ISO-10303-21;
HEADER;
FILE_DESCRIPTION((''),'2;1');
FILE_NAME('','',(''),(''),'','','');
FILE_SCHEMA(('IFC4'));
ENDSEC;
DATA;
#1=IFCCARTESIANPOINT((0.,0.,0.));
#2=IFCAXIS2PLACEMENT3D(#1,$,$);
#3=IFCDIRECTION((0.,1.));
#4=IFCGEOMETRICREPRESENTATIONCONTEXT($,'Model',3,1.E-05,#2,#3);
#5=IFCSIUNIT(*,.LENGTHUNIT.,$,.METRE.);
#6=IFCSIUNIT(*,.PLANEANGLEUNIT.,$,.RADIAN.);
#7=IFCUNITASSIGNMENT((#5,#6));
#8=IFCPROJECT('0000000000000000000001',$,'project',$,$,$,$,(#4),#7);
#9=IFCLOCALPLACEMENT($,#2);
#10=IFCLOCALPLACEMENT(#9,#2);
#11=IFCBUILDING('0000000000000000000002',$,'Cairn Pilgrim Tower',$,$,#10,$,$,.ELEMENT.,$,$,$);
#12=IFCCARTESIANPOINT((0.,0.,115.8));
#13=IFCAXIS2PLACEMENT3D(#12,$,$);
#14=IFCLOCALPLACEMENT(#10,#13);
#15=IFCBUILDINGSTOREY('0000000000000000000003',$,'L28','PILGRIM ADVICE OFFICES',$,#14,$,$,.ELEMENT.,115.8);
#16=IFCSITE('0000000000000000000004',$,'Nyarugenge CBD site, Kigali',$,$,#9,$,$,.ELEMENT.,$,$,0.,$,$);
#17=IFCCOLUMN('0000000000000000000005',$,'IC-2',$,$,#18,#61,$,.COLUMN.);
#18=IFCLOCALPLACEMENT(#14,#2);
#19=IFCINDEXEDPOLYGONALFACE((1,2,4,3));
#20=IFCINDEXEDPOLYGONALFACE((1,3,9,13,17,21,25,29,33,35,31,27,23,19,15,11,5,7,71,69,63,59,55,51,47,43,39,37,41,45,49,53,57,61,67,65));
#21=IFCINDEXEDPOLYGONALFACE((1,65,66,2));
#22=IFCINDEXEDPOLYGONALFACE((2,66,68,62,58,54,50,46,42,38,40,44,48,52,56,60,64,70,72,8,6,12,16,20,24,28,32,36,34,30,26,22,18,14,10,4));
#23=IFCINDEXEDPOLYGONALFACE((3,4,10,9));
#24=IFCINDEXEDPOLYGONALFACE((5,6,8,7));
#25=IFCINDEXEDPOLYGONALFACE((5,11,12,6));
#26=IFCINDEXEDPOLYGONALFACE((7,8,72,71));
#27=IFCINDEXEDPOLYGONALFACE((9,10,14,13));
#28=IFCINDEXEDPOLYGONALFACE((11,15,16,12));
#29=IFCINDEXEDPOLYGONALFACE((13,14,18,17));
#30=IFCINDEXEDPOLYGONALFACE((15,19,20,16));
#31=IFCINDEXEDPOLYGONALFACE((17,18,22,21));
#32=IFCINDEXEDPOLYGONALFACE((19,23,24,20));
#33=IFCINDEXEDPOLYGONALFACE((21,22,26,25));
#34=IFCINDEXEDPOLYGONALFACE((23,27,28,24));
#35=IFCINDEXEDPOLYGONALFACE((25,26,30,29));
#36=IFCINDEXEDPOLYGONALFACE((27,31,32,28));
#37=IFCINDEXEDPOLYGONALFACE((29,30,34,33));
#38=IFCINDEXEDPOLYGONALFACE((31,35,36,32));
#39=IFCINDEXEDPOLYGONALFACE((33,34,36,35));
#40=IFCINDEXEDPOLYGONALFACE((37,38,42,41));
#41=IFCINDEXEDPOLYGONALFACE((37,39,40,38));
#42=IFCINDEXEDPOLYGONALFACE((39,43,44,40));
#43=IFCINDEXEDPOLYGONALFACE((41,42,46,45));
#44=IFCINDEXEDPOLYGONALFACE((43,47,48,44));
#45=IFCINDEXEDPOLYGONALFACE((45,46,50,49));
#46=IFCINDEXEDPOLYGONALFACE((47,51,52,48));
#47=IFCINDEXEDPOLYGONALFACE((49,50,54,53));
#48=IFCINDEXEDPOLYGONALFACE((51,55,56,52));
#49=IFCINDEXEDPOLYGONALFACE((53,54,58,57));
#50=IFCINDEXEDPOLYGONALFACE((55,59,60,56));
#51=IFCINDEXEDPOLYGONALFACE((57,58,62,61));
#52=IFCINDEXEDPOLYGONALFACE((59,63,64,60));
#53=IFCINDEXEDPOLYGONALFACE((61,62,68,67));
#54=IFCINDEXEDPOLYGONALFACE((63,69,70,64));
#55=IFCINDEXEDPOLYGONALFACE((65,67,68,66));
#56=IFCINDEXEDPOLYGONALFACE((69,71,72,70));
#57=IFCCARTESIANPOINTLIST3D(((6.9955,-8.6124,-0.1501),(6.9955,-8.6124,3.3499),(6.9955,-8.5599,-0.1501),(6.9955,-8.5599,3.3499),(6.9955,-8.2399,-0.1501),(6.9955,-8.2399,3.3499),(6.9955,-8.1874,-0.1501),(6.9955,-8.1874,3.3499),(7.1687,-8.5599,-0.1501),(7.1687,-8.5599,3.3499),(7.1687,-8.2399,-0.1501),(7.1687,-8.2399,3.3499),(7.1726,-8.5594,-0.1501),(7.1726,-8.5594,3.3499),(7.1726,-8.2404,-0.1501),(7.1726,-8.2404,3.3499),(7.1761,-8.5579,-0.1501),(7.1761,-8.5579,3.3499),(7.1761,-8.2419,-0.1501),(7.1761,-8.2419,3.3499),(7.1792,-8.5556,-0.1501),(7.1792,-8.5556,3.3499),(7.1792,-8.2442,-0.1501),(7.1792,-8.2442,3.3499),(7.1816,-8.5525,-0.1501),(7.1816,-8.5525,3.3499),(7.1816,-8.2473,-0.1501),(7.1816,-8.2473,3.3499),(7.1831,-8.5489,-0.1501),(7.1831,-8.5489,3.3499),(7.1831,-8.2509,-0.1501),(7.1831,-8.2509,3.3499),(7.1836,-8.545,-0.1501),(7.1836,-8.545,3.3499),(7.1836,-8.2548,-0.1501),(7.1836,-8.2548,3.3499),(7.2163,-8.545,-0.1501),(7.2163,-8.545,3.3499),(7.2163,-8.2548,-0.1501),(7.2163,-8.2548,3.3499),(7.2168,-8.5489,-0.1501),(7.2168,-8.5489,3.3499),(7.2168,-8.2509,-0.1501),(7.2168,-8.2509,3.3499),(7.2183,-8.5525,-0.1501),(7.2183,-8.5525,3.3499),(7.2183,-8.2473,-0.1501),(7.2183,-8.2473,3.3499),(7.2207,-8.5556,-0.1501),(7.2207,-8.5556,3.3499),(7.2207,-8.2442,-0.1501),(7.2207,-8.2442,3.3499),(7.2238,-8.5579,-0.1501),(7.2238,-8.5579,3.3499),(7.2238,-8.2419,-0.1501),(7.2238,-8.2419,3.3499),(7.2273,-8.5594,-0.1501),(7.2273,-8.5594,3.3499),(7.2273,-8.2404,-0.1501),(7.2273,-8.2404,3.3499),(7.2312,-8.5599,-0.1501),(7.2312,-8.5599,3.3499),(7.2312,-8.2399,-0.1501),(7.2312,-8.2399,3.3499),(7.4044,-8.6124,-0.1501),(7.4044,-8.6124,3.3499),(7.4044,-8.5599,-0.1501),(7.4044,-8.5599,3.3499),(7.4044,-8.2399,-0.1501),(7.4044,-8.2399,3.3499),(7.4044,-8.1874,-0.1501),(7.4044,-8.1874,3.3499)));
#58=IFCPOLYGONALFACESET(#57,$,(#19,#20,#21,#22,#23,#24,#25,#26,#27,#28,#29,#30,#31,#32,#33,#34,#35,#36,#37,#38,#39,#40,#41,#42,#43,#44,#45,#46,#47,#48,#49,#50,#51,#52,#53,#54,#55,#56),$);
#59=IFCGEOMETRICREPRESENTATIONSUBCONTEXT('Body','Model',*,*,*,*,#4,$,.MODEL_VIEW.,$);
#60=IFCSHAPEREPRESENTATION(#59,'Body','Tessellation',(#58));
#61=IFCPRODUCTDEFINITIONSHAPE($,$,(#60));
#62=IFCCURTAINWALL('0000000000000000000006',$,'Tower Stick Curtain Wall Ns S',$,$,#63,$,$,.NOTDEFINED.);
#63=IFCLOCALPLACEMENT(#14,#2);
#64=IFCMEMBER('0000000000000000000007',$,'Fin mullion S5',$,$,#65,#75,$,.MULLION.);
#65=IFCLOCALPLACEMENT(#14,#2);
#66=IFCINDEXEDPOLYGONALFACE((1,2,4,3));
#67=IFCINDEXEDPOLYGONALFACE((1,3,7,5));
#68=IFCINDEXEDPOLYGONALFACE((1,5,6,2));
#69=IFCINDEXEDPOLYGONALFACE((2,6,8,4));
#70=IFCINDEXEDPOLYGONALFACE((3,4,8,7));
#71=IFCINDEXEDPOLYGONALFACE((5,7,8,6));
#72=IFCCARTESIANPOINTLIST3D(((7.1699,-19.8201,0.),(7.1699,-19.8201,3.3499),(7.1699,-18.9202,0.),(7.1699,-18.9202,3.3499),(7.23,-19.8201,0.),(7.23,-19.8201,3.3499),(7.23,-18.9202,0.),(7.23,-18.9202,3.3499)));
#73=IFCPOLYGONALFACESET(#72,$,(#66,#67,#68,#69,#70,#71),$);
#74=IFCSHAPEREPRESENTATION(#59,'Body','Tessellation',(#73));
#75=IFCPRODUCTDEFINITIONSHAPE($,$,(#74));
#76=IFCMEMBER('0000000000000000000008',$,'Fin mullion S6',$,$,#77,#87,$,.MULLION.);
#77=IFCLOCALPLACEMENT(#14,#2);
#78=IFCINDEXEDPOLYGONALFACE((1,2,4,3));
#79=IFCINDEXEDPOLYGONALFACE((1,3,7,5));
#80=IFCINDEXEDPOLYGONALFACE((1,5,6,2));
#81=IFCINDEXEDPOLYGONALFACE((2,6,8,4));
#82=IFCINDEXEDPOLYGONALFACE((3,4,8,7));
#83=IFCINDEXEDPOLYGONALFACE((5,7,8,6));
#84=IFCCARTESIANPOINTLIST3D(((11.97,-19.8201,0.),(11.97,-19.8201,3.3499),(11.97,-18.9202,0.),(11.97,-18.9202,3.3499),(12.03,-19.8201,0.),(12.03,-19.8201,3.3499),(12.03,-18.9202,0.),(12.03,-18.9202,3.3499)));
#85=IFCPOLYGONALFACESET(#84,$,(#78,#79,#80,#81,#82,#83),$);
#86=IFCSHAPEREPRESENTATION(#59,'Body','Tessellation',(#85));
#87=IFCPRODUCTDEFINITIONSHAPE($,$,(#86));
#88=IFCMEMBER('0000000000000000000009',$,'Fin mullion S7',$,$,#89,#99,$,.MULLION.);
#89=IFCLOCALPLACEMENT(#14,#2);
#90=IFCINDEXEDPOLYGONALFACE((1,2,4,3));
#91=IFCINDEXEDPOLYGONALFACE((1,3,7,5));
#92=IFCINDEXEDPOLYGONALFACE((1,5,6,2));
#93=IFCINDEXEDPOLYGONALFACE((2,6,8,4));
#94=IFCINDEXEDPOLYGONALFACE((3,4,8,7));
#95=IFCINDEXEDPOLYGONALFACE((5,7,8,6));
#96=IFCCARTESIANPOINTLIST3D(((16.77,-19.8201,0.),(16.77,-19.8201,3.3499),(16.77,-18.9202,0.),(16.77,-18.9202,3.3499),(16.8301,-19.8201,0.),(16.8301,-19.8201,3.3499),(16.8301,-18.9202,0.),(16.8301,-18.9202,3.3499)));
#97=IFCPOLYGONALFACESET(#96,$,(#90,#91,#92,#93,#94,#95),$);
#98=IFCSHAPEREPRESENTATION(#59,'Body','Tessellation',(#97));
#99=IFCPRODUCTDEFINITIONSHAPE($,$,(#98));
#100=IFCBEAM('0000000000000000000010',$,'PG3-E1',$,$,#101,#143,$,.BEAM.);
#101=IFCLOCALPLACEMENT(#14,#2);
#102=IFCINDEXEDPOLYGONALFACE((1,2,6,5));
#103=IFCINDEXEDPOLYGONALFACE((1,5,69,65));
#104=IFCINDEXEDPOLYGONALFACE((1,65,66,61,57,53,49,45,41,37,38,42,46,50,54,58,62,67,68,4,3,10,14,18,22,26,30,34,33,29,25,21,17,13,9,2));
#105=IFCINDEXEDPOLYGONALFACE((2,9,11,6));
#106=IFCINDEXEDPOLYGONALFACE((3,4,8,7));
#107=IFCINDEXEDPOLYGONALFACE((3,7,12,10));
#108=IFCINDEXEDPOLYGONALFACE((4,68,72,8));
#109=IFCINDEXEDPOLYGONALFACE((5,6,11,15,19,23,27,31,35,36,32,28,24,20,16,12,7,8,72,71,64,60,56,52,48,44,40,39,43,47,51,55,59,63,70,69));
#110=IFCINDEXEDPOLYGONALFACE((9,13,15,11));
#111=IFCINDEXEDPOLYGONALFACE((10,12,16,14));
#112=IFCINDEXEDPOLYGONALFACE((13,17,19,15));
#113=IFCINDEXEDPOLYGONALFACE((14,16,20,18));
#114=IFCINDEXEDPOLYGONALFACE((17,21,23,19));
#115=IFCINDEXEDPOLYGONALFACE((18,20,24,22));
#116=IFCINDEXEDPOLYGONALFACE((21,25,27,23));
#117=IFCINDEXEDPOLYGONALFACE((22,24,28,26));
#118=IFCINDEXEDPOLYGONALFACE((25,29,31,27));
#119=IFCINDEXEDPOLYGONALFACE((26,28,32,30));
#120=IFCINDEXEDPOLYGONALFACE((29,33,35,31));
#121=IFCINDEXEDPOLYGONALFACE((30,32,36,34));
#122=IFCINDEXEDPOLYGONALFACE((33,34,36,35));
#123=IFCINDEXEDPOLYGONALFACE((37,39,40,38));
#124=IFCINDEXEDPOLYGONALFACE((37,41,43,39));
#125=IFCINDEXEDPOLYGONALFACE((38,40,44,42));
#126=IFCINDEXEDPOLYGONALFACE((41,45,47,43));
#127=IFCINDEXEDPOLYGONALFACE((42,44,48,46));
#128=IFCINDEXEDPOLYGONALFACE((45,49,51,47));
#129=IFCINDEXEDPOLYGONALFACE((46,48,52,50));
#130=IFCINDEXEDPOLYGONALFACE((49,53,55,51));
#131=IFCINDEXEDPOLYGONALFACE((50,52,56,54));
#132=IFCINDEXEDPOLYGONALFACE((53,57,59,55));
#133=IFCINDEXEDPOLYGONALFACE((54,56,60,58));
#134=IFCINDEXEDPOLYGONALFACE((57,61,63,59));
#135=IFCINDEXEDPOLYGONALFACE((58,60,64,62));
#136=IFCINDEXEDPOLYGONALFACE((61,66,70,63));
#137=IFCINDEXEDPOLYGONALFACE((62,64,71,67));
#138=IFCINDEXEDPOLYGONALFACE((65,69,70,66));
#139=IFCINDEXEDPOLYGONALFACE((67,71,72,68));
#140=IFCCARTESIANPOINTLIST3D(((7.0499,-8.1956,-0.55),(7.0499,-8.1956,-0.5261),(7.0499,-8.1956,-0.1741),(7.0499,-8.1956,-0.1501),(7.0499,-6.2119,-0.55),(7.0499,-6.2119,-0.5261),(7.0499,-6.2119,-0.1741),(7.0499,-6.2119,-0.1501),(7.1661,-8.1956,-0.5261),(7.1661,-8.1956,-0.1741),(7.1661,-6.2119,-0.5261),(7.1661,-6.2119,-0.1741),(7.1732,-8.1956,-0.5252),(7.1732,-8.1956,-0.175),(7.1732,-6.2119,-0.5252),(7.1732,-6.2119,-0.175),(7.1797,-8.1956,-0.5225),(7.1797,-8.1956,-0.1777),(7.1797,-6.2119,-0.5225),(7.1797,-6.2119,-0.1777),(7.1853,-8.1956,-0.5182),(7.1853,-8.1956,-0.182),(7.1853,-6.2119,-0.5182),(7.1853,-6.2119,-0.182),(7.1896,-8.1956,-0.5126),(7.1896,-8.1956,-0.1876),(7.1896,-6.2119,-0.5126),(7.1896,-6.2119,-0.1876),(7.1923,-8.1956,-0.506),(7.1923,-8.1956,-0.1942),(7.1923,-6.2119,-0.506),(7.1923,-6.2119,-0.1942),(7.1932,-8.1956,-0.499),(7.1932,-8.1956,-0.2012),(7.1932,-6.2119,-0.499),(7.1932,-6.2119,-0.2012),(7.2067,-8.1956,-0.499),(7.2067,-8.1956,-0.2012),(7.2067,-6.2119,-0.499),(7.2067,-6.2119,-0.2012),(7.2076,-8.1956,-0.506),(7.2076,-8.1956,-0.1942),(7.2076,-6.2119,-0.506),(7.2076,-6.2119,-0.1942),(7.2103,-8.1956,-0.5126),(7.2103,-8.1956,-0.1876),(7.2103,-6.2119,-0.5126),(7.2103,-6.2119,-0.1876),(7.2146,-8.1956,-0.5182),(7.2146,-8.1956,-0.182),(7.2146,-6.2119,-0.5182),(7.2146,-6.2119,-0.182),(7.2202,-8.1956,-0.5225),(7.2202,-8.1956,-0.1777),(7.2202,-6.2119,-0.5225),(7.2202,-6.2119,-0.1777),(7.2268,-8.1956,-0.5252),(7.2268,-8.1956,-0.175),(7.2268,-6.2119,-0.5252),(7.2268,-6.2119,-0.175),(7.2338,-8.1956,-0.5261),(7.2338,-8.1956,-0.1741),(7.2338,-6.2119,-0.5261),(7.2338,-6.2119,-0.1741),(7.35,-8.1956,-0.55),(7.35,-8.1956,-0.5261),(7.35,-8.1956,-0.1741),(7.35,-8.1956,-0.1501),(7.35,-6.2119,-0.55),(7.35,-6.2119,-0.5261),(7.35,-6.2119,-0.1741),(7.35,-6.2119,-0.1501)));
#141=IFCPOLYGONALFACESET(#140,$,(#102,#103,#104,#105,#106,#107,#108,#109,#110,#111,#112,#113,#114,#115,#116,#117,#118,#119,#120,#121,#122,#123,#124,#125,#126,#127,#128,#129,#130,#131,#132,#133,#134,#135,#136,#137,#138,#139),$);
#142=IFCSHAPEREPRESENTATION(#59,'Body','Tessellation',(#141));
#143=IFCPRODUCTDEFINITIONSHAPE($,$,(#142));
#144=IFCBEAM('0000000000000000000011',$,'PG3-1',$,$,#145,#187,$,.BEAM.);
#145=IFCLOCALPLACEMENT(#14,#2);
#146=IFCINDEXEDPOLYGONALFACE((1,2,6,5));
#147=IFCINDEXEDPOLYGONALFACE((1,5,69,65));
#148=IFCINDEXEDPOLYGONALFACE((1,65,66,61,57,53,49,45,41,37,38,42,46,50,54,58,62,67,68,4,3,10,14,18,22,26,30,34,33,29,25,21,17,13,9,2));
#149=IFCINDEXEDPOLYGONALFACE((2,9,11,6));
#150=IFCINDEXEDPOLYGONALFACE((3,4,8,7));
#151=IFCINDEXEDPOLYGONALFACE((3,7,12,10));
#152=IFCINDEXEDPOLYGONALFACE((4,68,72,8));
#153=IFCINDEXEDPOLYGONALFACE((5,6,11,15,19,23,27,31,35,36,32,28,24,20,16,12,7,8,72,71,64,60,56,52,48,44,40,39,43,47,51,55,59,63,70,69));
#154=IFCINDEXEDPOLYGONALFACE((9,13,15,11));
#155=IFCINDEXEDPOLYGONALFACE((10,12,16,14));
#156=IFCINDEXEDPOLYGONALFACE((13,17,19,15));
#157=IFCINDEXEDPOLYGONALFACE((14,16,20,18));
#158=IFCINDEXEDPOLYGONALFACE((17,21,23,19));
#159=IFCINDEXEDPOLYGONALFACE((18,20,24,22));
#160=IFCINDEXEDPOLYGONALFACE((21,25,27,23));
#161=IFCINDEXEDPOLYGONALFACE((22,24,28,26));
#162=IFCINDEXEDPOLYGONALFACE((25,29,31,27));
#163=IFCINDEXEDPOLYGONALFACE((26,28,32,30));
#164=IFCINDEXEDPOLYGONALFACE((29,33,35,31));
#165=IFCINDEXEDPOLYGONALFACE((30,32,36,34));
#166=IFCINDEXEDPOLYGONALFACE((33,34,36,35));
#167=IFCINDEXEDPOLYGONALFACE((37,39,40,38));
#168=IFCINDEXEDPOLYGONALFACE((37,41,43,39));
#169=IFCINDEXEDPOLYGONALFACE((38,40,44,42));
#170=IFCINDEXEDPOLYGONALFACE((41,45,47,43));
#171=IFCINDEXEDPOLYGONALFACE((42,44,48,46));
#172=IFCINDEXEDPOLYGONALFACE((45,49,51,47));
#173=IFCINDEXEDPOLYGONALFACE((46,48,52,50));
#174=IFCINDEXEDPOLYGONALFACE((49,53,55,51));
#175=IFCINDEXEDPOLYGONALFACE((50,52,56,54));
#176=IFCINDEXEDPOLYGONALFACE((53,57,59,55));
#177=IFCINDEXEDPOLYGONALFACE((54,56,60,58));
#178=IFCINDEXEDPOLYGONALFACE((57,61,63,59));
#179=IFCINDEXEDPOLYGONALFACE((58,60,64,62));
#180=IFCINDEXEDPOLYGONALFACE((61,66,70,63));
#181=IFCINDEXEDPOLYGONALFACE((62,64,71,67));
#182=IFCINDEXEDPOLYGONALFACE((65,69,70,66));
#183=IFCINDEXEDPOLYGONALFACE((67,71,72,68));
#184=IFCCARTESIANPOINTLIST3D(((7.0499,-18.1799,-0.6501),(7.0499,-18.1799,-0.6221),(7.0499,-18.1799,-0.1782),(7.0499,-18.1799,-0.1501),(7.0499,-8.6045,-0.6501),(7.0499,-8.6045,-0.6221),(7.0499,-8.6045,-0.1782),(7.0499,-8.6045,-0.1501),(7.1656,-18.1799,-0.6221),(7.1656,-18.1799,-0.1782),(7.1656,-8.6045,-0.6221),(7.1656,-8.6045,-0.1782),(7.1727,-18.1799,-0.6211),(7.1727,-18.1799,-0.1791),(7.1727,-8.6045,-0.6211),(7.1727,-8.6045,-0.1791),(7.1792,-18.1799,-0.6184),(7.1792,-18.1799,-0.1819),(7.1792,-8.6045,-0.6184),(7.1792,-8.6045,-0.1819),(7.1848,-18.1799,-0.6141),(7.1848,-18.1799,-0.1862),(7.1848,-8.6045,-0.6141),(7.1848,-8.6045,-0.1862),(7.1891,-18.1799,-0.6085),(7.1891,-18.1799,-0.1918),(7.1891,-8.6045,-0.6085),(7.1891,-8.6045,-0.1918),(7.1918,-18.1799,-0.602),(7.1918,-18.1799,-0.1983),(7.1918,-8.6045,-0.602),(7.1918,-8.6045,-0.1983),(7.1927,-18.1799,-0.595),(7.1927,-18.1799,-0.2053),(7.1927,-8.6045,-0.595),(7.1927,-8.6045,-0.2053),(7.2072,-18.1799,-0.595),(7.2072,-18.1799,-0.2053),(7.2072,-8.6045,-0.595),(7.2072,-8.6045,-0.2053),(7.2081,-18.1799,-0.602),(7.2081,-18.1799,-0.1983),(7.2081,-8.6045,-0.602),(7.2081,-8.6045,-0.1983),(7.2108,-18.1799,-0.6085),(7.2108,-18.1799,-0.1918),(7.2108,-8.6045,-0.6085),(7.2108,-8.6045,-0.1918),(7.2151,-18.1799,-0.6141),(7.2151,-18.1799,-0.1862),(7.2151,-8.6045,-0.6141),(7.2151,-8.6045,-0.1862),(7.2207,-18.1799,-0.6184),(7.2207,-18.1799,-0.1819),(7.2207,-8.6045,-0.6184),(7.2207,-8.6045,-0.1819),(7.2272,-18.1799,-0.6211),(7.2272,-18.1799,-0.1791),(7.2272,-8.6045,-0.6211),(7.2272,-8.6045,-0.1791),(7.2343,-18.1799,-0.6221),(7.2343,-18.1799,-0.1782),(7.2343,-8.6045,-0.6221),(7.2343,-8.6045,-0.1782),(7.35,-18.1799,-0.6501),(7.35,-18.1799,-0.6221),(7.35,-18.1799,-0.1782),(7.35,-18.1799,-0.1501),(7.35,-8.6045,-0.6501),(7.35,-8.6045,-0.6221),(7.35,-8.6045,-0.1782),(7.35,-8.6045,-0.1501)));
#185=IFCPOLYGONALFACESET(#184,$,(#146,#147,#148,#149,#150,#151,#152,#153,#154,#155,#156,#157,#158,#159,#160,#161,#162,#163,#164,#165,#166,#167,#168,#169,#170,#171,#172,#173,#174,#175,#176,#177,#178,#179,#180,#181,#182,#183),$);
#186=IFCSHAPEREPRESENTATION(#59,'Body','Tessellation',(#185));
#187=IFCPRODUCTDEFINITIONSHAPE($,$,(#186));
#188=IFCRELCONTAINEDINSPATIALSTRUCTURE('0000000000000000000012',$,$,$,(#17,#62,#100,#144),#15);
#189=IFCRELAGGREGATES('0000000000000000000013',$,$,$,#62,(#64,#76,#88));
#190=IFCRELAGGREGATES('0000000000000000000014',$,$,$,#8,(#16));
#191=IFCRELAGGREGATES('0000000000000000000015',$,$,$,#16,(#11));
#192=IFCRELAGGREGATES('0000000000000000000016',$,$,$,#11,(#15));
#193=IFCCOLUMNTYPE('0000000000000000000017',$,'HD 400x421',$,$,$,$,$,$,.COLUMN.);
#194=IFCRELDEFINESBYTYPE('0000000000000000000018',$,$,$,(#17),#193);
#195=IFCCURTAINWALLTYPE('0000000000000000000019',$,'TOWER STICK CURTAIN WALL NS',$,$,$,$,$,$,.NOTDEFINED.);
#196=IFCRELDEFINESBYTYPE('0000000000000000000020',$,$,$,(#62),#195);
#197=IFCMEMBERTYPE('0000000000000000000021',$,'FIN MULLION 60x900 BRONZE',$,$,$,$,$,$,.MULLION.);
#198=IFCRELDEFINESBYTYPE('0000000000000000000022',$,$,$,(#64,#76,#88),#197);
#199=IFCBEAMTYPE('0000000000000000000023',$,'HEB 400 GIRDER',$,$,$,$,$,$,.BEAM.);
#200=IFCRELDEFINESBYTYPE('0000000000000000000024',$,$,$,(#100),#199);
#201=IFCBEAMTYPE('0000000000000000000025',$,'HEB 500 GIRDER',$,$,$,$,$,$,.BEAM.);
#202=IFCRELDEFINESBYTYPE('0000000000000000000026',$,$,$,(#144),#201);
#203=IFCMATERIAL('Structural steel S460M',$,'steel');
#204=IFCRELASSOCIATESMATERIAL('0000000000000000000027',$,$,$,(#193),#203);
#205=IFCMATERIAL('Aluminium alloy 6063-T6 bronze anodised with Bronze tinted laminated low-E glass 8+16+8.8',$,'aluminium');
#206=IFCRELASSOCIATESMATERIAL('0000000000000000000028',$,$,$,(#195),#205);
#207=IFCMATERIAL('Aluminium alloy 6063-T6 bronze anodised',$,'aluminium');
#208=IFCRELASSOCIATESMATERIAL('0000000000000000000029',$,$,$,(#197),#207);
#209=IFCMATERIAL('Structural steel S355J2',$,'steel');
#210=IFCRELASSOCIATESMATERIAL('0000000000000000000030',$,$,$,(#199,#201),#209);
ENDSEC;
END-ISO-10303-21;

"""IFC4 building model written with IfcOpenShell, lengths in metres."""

from ifc_helpers import new_model, si_unit, direction, frame, origin, origin_2d, place, context, subcontext, project, spatial, rectangle, i_section, extrude, material, material_profile, profile_set, type_object, element, aggregate, save


model = new_model("IFC4")

# Units and contexts
model_context = context("Model", 3, precision=1e-05, world=origin(), true_north=direction((0.0, 1.0)))
body_context = subcontext(model_context, "Body", "Model", "MODEL_VIEW")
ifc_project = project(units=[si_unit("LENGTHUNIT", "METRE"), si_unit("PLANEANGLEUNIT", "RADIAN")], contexts=[model_context])

# Site, building, storey
site_placement = place(None, origin())
site = spatial("IfcSite", under=ifc_project, at=site_placement, Name="Nyarugenge CBD site, Kigali", CompositionType="ELEMENT", RefElevation=0.0)
building_placement = place(site_placement, origin())
building = spatial("IfcBuilding", under=site, at=building_placement, Name="Cairn Pilgrim Tower", CompositionType="ELEMENT")
storey_placement = place(building_placement, frame((0.0, 0.0, 115.8)))
storey = spatial("IfcBuildingStorey", under=building, at=storey_placement, Name="L28", Description="PILGRIM ADVICE OFFICES", CompositionType="ELEMENT", Elevation=115.8)

# Column
ifc_material_1 = material(Name="Structural steel S460M", Category="steel")
ifc_material_profile_1 = material_profile(ifc_material_1, i_section(OverallWidth=0.4089, OverallDepth=0.425, WebThickness=0.0327, FlangeThickness=0.0525, FilletRadius=0.0149, at=origin_2d()), Name="HD 400x421")
ifc_profile_set_1 = profile_set([ifc_material_profile_1], Name="Structural steel S460M")
column_type_1 = type_object("IfcColumnType", Name="HD 400x421", PredefinedType="COLUMN", material=ifc_profile_set_1)
column_1_placement = place(storey_placement, frame((7.2, -8.3999, -0.1501), z_axis=(0.0, 0.0, 1.0), x_axis=(1.0, 0.0, 0.0)))
element("IfcColumn", 1, at=column_1_placement, inside=storey, type_object=column_type_1, Name="IC-2", PredefinedType="COLUMN", context=body_context, shape_type="SweptSolid", body=[
    extrude(i_section(OverallWidth=0.4089, OverallDepth=0.425, WebThickness=0.0327, FlangeThickness=0.0525, FilletRadius=0.0149, at=origin_2d()), origin(), (0.0, 0.0, 1.0), 3.5),
])

# Curtain wall, members
ifc_material_2 = material(Name="Aluminium alloy 6063-T6 bronze anodised with Bronze tinted laminated low-E glass 8+16+8.8", Category="aluminium")
curtain_wall_type = type_object("IfcCurtainWallType", Name="TOWER STICK CURTAIN WALL NS", PredefinedType="NOTDEFINED", material=ifc_material_2)
curtain_wall_placement = place(storey_placement, origin())
curtain_wall = element("IfcCurtainWall", 2, at=curtain_wall_placement, inside=storey, type_object=curtain_wall_type, Name="Tower Stick Curtain Wall Ns S", PredefinedType="NOTDEFINED")
ifc_material_3 = material(Name="Aluminium alloy 6063-T6 bronze anodised", Category="aluminium")
ifc_material_profile_2 = material_profile(ifc_material_3, rectangle(XDim=0.8999, YDim=0.0601, at=origin_2d()), Name="FIN MULLION 60x900 BRONZE")
ifc_profile_set_2 = profile_set([ifc_material_profile_2], Name="Aluminium alloy 6063-T6 bronze anodised")
member_type_1 = type_object("IfcMemberType", Name="FIN MULLION 60x900 BRONZE", PredefinedType="MULLION", material=ifc_profile_set_2)
member_1_placement = place(storey_placement, frame((7.2, -19.3701, 0.0), z_axis=(0.0, 0.0, 1.0), x_axis=(0.0, -1.0, 0.0)))
member_1 = element("IfcMember", 3, at=member_1_placement, type_object=member_type_1, Name="Fin mullion S5", PredefinedType="MULLION", context=body_context, shape_type="SweptSolid", body=[
    extrude(rectangle(XDim=0.8999, YDim=0.0601, at=origin_2d()), origin(), (0.0, 0.0, 1.0), 3.3499),
])
member_2_placement = place(storey_placement, frame((12.0, -19.3701, 0.0), z_axis=(0.0, 0.0, 1.0), x_axis=(0.0, -1.0, 0.0)))
member_2 = element("IfcMember", 4, at=member_2_placement, type_object=member_type_1, Name="Fin mullion S6", PredefinedType="MULLION", context=body_context, shape_type="SweptSolid", body=[
    extrude(rectangle(XDim=0.8999, YDim=0.0601, at=origin_2d()), origin(), (0.0, 0.0, 1.0), 3.3499),
])
member_3_placement = place(storey_placement, frame((16.8, -19.3701, 0.0), z_axis=(0.0, 0.0, 1.0), x_axis=(0.0, -1.0, 0.0)))
member_3 = element("IfcMember", 5, at=member_3_placement, type_object=member_type_1, Name="Fin mullion S7", PredefinedType="MULLION", context=body_context, shape_type="SweptSolid", body=[
    extrude(rectangle(XDim=0.8999, YDim=0.0601, at=origin_2d()), origin(), (0.0, 0.0, 1.0), 3.3499),
])

# Beams
ifc_material_4 = material(Name="Structural steel S355J2", Category="steel")
ifc_material_profile_3 = material_profile(ifc_material_4, i_section(OverallWidth=0.3, OverallDepth=0.3999, WebThickness=0.0134, FlangeThickness=0.0239, FilletRadius=0.0271, at=origin_2d()), Name="HEB 400")
ifc_profile_set_3 = profile_set([ifc_material_profile_3], Name="Structural steel S355J2")
beam_type_1 = type_object("IfcBeamType", Name="HEB 400 GIRDER", PredefinedType="BEAM", material=ifc_profile_set_3)
beam_1_placement = place(storey_placement, frame((7.2, -8.1956, -0.3501), z_axis=(0.0, 1.0, 0.0), x_axis=(-1.0, 0.0, 0.0)))
element("IfcBeam", 6, at=beam_1_placement, inside=storey, type_object=beam_type_1, Name="PG3-E1", PredefinedType="BEAM", context=body_context, shape_type="SweptSolid", body=[
    extrude(i_section(OverallWidth=0.3, OverallDepth=0.3999, WebThickness=0.0134, FlangeThickness=0.0239, FilletRadius=0.0271, at=origin_2d()), origin(), (0.0, 0.0, 1.0), 1.9836),
])
ifc_material_profile_4 = material_profile(ifc_material_4, i_section(OverallWidth=0.3, OverallDepth=0.5, WebThickness=0.0144, FlangeThickness=0.0281, FilletRadius=0.0271, at=origin_2d()), Name="HEB 500")
ifc_profile_set_4 = profile_set([ifc_material_profile_4], Name="Structural steel S355J2")
beam_type_2 = type_object("IfcBeamType", Name="HEB 500 GIRDER", PredefinedType="BEAM", material=ifc_profile_set_4)
beam_2_placement = place(storey_placement, frame((7.2, -18.1799, -0.4001), z_axis=(0.0, 1.0, 0.0), x_axis=(-1.0, 0.0, 0.0)))
element("IfcBeam", 7, at=beam_2_placement, inside=storey, type_object=beam_type_2, Name="PG3-1", PredefinedType="BEAM", context=body_context, shape_type="SweptSolid", body=[
    extrude(i_section(OverallWidth=0.3, OverallDepth=0.5, WebThickness=0.0144, FlangeThickness=0.0281, FilletRadius=0.0271, at=origin_2d()), origin(), (0.0, 0.0, 1.0), 9.5754),
])

aggregate(curtain_wall, [member_1, member_2, member_3])

save(model, "model.ifc")
